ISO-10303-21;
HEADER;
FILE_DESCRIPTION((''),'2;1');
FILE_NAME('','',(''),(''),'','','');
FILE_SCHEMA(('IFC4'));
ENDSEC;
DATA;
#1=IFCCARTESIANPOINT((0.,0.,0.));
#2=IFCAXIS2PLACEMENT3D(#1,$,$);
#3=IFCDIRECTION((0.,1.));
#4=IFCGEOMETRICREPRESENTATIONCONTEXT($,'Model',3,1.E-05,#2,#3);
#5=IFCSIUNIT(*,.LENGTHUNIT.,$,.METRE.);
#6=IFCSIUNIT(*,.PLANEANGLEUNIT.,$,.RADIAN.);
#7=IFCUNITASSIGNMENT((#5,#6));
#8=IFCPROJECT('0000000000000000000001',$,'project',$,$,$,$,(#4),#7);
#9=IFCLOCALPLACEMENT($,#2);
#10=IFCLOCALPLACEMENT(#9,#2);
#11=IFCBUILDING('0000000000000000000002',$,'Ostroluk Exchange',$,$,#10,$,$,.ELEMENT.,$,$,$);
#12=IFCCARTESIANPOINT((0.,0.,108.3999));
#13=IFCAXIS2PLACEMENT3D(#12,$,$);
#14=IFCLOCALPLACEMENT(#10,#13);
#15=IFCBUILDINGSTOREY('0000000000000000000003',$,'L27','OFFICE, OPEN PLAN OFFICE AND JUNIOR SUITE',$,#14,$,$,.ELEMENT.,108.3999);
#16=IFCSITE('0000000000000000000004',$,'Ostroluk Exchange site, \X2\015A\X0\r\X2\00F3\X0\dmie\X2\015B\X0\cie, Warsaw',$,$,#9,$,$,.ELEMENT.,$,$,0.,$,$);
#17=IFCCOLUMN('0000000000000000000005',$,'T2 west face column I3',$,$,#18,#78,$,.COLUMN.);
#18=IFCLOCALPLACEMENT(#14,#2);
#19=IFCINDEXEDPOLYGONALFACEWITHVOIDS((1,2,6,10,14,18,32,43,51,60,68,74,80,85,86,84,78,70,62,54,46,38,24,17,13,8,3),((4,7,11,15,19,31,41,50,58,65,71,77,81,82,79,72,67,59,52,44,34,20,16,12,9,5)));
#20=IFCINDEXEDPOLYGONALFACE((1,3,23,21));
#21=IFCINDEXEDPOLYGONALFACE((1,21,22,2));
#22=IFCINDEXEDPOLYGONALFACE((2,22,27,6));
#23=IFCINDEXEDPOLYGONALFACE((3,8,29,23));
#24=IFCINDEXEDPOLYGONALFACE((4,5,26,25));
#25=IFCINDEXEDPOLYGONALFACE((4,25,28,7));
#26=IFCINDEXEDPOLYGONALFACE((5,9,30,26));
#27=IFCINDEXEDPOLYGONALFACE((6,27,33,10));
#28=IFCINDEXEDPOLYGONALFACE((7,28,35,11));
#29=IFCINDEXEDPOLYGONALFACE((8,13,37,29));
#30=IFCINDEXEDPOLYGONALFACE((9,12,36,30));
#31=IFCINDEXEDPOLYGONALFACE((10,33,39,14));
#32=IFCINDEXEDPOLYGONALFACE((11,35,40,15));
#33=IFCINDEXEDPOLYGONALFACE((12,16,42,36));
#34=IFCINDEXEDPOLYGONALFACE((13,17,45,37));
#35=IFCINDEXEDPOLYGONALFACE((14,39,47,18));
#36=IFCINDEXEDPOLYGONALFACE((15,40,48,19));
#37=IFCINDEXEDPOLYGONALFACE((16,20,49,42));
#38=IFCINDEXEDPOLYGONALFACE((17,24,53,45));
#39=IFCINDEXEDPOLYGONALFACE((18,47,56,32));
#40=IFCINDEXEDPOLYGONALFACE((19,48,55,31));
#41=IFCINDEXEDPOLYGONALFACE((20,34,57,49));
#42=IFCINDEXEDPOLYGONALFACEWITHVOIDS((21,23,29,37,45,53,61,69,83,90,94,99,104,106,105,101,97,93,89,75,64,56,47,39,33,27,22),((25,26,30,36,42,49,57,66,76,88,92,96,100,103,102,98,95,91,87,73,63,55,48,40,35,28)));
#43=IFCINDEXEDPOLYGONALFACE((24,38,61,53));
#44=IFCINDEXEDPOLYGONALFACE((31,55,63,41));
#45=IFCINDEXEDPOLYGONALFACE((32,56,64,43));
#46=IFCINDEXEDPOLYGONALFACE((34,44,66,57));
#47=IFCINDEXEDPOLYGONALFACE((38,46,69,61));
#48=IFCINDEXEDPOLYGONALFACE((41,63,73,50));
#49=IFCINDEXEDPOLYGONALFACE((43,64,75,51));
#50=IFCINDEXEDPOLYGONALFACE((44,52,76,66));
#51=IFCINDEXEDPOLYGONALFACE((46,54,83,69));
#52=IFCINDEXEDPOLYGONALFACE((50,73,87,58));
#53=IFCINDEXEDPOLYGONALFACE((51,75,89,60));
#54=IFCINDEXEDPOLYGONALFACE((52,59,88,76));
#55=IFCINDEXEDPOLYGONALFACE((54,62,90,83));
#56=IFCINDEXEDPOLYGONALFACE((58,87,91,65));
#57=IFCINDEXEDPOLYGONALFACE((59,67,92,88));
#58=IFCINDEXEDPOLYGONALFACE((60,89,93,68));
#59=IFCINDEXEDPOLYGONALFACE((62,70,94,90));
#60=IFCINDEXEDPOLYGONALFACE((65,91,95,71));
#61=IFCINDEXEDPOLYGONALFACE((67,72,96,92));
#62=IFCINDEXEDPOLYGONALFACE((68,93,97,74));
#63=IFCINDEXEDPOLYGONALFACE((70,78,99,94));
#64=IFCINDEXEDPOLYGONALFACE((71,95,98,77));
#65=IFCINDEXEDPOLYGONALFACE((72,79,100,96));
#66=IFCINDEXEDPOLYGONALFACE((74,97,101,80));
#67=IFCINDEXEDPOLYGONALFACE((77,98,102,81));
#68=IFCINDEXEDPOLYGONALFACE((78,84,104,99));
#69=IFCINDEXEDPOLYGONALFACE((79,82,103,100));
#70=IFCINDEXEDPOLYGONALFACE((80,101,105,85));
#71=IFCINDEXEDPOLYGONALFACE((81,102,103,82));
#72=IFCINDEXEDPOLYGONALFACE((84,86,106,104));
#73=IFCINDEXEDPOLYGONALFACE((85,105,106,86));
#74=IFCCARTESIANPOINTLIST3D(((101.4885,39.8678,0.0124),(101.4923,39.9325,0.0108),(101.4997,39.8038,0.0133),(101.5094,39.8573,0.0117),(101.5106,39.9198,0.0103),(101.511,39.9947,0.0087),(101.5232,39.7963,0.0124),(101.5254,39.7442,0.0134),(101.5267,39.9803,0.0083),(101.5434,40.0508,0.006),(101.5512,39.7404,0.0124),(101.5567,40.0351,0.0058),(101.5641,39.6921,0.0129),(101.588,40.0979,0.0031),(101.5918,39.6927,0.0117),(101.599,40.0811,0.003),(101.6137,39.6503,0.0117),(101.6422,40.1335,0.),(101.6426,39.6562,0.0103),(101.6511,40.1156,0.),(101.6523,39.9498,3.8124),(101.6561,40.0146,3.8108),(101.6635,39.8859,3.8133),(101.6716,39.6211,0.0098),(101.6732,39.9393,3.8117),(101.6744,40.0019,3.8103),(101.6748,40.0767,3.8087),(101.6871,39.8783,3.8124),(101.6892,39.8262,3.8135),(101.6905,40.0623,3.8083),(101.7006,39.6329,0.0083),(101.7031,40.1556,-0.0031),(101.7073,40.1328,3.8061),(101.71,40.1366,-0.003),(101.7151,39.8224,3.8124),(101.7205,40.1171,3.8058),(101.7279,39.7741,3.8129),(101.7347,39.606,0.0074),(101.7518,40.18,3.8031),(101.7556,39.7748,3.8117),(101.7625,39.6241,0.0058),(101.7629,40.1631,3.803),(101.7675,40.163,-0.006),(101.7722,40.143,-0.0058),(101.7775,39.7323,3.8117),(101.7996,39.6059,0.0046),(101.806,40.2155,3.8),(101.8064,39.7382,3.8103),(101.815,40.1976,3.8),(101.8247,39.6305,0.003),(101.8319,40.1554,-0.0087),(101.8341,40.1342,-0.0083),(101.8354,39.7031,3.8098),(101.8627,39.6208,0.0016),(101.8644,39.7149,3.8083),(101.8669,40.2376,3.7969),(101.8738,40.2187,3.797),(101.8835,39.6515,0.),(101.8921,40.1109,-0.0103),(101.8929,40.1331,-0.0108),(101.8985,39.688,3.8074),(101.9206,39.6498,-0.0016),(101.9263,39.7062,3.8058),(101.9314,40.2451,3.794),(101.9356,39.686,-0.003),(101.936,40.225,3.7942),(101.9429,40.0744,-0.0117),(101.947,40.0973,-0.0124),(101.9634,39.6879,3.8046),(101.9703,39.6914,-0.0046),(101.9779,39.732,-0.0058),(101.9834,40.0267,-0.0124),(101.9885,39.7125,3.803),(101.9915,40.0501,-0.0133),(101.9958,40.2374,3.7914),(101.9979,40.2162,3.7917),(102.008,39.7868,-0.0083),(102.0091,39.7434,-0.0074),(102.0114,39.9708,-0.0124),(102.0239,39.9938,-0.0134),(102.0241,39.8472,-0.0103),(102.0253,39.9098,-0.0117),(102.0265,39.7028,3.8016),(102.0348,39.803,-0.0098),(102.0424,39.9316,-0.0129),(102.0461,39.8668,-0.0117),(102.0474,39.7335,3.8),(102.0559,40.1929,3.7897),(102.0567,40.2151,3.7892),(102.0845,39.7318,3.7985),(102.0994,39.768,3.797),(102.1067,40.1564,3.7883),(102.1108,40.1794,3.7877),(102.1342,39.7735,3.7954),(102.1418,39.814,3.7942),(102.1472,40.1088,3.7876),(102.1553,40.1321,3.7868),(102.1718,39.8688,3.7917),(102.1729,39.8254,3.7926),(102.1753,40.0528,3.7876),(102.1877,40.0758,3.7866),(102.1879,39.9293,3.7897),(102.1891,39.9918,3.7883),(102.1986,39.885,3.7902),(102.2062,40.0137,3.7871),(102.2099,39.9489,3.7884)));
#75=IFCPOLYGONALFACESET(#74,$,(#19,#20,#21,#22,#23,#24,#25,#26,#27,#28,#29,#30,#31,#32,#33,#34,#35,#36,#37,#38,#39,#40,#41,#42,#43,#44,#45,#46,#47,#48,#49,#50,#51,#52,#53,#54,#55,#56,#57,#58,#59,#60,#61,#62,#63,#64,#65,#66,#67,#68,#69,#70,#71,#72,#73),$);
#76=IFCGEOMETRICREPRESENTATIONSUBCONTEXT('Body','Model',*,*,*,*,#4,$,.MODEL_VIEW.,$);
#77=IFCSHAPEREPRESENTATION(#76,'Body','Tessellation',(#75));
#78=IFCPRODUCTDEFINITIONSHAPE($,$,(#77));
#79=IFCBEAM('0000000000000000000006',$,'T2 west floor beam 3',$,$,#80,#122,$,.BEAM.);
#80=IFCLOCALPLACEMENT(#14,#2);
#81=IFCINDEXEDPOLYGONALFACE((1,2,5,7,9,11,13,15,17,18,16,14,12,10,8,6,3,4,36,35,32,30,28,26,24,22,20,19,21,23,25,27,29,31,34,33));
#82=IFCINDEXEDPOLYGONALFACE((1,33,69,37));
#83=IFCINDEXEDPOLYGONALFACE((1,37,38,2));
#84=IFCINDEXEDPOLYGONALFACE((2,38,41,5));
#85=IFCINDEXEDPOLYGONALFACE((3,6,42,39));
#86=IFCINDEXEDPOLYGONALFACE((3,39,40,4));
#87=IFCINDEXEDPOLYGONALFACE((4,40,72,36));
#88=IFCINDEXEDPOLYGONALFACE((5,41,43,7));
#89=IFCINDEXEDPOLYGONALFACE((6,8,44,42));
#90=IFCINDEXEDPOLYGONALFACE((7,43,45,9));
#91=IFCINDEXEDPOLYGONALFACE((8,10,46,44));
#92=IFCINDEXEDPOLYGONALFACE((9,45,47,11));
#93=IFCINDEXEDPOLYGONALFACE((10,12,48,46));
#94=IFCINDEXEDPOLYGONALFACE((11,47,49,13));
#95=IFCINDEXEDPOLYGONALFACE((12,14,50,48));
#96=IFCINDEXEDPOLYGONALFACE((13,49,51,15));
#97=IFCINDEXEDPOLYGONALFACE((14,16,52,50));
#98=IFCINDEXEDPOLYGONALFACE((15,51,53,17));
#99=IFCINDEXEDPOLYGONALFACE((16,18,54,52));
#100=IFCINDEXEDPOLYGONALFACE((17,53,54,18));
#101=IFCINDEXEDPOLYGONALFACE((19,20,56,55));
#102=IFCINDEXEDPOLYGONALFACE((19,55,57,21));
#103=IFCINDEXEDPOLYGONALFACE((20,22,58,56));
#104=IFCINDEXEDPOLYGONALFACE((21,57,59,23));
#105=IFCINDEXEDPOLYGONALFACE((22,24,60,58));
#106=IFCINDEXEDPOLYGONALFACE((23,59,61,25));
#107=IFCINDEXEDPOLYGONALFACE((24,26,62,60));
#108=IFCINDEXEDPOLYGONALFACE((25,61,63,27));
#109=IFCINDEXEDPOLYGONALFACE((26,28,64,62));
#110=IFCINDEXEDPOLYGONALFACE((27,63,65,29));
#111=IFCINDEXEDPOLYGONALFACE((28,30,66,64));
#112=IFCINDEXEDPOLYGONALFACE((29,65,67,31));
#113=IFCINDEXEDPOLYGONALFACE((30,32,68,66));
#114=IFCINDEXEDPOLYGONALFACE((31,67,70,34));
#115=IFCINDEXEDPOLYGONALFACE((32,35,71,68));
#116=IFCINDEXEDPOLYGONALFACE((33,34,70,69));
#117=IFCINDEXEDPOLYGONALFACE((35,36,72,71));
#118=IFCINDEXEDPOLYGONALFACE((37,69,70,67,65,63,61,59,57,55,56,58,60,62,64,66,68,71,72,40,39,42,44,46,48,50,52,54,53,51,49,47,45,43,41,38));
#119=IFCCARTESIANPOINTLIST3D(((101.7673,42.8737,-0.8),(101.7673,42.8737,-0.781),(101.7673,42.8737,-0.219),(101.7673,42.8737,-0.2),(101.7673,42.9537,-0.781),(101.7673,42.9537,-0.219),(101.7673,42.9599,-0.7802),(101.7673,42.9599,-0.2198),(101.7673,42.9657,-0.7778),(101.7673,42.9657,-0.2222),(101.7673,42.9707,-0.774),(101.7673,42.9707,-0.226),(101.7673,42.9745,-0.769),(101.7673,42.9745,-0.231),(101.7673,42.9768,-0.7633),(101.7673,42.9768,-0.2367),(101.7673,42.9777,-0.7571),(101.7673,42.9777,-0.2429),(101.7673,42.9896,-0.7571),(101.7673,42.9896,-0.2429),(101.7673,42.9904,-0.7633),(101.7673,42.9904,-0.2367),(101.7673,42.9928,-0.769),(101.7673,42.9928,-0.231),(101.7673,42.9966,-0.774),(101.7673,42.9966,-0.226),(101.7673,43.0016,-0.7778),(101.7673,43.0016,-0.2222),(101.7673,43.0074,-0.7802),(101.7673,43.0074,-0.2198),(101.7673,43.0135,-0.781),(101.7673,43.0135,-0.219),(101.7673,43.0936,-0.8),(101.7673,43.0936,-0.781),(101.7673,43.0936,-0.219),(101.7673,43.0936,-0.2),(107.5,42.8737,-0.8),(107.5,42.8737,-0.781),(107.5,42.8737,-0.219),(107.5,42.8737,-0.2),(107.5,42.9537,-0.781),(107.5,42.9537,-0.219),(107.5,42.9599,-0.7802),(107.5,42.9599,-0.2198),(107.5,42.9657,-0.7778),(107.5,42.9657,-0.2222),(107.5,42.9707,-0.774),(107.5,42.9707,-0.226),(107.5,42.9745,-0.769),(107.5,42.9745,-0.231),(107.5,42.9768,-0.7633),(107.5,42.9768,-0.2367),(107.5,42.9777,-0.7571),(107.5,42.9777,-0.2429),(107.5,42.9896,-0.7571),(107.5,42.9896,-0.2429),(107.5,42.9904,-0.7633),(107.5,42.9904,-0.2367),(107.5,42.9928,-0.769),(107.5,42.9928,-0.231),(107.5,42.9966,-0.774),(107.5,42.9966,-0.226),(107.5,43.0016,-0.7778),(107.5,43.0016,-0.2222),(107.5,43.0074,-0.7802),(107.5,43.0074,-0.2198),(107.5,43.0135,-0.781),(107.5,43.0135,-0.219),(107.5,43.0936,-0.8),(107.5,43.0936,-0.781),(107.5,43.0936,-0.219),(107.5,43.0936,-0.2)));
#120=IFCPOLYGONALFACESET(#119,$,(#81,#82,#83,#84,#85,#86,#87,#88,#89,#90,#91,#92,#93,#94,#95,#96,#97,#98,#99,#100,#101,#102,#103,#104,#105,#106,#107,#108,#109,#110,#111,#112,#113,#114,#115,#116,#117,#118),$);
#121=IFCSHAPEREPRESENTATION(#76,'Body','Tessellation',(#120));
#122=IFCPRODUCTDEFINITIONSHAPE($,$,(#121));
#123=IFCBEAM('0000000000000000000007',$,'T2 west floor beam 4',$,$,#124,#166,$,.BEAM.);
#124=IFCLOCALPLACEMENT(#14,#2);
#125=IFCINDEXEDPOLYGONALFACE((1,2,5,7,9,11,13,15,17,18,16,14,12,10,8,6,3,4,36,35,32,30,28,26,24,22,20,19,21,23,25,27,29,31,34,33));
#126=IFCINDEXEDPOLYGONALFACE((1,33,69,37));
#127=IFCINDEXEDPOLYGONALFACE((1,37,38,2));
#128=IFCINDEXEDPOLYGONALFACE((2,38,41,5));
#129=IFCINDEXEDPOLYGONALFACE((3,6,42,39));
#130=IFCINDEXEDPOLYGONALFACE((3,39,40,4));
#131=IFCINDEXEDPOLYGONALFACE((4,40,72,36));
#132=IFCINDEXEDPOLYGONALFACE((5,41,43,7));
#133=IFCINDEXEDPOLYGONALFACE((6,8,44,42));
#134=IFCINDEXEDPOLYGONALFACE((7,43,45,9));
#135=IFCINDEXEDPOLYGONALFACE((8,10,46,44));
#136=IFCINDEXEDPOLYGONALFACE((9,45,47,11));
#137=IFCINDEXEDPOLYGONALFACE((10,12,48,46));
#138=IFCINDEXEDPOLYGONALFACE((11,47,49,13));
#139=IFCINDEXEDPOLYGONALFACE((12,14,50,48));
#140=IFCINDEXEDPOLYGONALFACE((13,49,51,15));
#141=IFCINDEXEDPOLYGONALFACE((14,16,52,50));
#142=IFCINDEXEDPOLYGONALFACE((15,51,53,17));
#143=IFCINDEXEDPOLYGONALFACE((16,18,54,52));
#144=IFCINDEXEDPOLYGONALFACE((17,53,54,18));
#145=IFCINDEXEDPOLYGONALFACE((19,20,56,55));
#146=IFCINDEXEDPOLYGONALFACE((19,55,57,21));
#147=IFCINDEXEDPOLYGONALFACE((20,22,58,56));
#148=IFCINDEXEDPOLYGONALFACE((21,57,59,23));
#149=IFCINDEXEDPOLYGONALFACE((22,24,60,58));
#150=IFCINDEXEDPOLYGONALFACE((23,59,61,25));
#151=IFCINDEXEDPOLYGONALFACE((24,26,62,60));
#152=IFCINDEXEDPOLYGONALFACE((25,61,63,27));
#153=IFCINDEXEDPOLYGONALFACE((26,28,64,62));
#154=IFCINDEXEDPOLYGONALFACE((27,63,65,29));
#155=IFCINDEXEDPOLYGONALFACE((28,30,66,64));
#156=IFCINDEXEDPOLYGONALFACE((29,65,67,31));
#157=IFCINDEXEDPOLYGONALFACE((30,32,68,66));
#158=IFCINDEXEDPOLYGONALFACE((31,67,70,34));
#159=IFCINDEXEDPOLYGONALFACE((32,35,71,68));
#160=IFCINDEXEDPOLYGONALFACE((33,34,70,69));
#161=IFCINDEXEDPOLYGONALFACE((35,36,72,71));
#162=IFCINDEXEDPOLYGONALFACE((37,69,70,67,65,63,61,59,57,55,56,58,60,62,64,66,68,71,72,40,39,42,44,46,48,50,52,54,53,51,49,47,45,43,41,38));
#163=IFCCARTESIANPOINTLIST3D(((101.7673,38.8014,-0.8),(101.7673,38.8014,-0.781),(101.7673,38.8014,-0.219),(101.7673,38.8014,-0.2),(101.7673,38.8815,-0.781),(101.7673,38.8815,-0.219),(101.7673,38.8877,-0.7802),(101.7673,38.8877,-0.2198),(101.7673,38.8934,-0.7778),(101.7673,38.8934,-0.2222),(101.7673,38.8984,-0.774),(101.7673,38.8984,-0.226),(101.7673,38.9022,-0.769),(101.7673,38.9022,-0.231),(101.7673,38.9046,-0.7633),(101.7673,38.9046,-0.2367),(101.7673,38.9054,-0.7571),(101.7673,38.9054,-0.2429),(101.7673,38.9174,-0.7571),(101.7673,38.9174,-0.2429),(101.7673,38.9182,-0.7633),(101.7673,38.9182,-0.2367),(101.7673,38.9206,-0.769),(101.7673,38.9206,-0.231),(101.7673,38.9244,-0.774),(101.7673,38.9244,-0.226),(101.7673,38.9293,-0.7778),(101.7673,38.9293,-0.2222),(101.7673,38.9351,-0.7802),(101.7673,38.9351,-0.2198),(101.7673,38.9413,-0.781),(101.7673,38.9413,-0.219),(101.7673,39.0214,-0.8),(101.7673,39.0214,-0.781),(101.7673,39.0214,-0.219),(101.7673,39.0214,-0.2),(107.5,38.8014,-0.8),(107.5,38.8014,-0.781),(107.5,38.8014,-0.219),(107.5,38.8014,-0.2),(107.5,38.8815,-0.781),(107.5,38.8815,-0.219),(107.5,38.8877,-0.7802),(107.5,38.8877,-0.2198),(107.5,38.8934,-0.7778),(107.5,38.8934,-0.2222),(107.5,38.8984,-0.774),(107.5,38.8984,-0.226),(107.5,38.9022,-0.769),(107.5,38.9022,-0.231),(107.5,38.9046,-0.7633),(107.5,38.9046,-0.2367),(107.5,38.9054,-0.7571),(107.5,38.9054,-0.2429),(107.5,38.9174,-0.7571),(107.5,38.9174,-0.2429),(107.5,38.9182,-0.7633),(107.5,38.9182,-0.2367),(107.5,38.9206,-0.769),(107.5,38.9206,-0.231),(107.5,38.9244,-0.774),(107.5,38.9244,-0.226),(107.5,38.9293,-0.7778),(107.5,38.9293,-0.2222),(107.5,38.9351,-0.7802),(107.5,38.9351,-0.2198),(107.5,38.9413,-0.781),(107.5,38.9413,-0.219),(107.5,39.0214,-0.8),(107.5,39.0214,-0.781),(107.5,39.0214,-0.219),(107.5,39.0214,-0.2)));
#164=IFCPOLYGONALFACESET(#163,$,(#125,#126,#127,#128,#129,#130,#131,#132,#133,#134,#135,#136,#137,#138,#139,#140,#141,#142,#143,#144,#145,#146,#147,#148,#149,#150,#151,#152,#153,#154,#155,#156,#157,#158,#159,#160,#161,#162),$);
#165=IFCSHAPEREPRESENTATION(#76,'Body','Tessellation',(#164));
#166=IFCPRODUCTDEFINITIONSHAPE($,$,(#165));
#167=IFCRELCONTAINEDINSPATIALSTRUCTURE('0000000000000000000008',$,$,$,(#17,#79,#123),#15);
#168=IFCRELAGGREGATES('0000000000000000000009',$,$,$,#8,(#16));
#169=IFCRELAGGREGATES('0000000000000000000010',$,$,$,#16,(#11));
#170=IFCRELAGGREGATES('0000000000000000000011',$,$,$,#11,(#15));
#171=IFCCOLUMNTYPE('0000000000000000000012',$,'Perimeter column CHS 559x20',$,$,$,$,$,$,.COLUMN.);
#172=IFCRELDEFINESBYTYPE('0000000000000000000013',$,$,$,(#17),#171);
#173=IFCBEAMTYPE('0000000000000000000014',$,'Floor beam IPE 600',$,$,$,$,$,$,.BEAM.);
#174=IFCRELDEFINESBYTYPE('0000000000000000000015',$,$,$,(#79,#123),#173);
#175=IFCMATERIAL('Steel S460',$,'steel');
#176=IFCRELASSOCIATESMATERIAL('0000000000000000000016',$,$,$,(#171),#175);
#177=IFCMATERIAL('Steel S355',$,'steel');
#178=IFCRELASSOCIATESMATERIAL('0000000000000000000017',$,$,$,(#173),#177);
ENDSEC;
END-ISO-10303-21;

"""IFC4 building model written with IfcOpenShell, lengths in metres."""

from ifc_helpers import new_model, si_unit, direction, frame, origin, origin_2d, place, context, subcontext, project, spatial, hollow_circle, i_section, extrude, material, material_profile, profile_set, type_object, element, save


model = new_model("IFC4")

# Units and contexts
model_context = context("Model", 3, precision=1e-05, world=origin(), true_north=direction((0.0, 1.0)))
body_context = subcontext(model_context, "Body", "Model", "MODEL_VIEW")
ifc_project = project(units=[si_unit("LENGTHUNIT", "METRE"), si_unit("PLANEANGLEUNIT", "RADIAN")], contexts=[model_context])

# Site, building, storey
site_placement = place(None, origin())
site = spatial("IfcSite", under=ifc_project, at=site_placement, Name="Ostroluk Exchange site, Śródmieście, Warsaw", CompositionType="ELEMENT", RefElevation=0.0)
building_placement = place(site_placement, origin())
building = spatial("IfcBuilding", under=site, at=building_placement, Name="Ostroluk Exchange", CompositionType="ELEMENT")
storey_placement = place(building_placement, frame((0.0, 0.0, 108.3999)))
storey = spatial("IfcBuildingStorey", under=building, at=storey_placement, Name="L27", Description="OFFICE, OPEN PLAN OFFICE AND JUNIOR SUITE", CompositionType="ELEMENT", Elevation=108.3999)

# Column
ifc_material_1 = material(Name="Steel S460", Category="steel")
ifc_material_profile_1 = material_profile(ifc_material_1, hollow_circle(Radius=0.2795, WallThickness=0.02, at=origin_2d()), Name="CHS 559x20")
ifc_profile_set_1 = profile_set([ifc_material_profile_1], Name="Steel S460")
column_type = type_object("IfcColumnType", Name="Perimeter column CHS 559x20", PredefinedType="COLUMN", material=ifc_profile_set_1)
column_placement = place(storey_placement, frame((101.7673, 39.8835, 0.0), z_axis=(0.04306, 0.021562, 0.99884), x_axis=(-0.447747, 0.894161, 0.0)))
element("IfcColumn", 1, at=column_placement, inside=storey, type_object=column_type, Name="T2 west face column I3", PredefinedType="COLUMN", context=body_context, shape_type="SweptSolid", body=[
    extrude(hollow_circle(Radius=0.2795, WallThickness=0.02, at=origin_2d()), origin(), (0.0, 0.0, 1.0), 3.8044),
])

# Beams
ifc_material_2 = material(Name="Steel S355", Category="steel")
ifc_material_profile_2 = material_profile(ifc_material_2, i_section(OverallWidth=0.22, OverallDepth=0.6001, WebThickness=0.012, FlangeThickness=0.019, FilletRadius=0.0239, at=origin_2d()), Name="IPE 600")
ifc_profile_set_2 = profile_set([ifc_material_profile_2], Name="Steel S355")
beam_type_1 = type_object("IfcBeamType", Name="Floor beam IPE 600", PredefinedType="BEAM", material=ifc_profile_set_2)
for number, where, z_axis, x_axis, name in (
    (2, (107.5, 42.9836, -0.5), (-1.0, 0.0, 0.0), (0.0, -1.0, 0.0), "T2 west floor beam 3"),
    (3, (107.5, 38.9114, -0.5), (-1.0, 0.0, 0.0), (0.0, -1.0, 0.0), "T2 west floor beam 4"),
):
    element("IfcBeam", number, at=place(storey_placement, frame(where, z_axis=z_axis, x_axis=x_axis)), inside=storey, type_object=beam_type_1, Name=name, PredefinedType="BEAM", context=body_context, shape_type="SweptSolid", body=[
        extrude(i_section(OverallWidth=0.22, OverallDepth=0.6001, WebThickness=0.012, FlangeThickness=0.019, FilletRadius=0.0239, at=origin_2d()), origin(), (0.0, 0.0, 1.0), 5.7327),
    ])

save(model, "model.ifc")
